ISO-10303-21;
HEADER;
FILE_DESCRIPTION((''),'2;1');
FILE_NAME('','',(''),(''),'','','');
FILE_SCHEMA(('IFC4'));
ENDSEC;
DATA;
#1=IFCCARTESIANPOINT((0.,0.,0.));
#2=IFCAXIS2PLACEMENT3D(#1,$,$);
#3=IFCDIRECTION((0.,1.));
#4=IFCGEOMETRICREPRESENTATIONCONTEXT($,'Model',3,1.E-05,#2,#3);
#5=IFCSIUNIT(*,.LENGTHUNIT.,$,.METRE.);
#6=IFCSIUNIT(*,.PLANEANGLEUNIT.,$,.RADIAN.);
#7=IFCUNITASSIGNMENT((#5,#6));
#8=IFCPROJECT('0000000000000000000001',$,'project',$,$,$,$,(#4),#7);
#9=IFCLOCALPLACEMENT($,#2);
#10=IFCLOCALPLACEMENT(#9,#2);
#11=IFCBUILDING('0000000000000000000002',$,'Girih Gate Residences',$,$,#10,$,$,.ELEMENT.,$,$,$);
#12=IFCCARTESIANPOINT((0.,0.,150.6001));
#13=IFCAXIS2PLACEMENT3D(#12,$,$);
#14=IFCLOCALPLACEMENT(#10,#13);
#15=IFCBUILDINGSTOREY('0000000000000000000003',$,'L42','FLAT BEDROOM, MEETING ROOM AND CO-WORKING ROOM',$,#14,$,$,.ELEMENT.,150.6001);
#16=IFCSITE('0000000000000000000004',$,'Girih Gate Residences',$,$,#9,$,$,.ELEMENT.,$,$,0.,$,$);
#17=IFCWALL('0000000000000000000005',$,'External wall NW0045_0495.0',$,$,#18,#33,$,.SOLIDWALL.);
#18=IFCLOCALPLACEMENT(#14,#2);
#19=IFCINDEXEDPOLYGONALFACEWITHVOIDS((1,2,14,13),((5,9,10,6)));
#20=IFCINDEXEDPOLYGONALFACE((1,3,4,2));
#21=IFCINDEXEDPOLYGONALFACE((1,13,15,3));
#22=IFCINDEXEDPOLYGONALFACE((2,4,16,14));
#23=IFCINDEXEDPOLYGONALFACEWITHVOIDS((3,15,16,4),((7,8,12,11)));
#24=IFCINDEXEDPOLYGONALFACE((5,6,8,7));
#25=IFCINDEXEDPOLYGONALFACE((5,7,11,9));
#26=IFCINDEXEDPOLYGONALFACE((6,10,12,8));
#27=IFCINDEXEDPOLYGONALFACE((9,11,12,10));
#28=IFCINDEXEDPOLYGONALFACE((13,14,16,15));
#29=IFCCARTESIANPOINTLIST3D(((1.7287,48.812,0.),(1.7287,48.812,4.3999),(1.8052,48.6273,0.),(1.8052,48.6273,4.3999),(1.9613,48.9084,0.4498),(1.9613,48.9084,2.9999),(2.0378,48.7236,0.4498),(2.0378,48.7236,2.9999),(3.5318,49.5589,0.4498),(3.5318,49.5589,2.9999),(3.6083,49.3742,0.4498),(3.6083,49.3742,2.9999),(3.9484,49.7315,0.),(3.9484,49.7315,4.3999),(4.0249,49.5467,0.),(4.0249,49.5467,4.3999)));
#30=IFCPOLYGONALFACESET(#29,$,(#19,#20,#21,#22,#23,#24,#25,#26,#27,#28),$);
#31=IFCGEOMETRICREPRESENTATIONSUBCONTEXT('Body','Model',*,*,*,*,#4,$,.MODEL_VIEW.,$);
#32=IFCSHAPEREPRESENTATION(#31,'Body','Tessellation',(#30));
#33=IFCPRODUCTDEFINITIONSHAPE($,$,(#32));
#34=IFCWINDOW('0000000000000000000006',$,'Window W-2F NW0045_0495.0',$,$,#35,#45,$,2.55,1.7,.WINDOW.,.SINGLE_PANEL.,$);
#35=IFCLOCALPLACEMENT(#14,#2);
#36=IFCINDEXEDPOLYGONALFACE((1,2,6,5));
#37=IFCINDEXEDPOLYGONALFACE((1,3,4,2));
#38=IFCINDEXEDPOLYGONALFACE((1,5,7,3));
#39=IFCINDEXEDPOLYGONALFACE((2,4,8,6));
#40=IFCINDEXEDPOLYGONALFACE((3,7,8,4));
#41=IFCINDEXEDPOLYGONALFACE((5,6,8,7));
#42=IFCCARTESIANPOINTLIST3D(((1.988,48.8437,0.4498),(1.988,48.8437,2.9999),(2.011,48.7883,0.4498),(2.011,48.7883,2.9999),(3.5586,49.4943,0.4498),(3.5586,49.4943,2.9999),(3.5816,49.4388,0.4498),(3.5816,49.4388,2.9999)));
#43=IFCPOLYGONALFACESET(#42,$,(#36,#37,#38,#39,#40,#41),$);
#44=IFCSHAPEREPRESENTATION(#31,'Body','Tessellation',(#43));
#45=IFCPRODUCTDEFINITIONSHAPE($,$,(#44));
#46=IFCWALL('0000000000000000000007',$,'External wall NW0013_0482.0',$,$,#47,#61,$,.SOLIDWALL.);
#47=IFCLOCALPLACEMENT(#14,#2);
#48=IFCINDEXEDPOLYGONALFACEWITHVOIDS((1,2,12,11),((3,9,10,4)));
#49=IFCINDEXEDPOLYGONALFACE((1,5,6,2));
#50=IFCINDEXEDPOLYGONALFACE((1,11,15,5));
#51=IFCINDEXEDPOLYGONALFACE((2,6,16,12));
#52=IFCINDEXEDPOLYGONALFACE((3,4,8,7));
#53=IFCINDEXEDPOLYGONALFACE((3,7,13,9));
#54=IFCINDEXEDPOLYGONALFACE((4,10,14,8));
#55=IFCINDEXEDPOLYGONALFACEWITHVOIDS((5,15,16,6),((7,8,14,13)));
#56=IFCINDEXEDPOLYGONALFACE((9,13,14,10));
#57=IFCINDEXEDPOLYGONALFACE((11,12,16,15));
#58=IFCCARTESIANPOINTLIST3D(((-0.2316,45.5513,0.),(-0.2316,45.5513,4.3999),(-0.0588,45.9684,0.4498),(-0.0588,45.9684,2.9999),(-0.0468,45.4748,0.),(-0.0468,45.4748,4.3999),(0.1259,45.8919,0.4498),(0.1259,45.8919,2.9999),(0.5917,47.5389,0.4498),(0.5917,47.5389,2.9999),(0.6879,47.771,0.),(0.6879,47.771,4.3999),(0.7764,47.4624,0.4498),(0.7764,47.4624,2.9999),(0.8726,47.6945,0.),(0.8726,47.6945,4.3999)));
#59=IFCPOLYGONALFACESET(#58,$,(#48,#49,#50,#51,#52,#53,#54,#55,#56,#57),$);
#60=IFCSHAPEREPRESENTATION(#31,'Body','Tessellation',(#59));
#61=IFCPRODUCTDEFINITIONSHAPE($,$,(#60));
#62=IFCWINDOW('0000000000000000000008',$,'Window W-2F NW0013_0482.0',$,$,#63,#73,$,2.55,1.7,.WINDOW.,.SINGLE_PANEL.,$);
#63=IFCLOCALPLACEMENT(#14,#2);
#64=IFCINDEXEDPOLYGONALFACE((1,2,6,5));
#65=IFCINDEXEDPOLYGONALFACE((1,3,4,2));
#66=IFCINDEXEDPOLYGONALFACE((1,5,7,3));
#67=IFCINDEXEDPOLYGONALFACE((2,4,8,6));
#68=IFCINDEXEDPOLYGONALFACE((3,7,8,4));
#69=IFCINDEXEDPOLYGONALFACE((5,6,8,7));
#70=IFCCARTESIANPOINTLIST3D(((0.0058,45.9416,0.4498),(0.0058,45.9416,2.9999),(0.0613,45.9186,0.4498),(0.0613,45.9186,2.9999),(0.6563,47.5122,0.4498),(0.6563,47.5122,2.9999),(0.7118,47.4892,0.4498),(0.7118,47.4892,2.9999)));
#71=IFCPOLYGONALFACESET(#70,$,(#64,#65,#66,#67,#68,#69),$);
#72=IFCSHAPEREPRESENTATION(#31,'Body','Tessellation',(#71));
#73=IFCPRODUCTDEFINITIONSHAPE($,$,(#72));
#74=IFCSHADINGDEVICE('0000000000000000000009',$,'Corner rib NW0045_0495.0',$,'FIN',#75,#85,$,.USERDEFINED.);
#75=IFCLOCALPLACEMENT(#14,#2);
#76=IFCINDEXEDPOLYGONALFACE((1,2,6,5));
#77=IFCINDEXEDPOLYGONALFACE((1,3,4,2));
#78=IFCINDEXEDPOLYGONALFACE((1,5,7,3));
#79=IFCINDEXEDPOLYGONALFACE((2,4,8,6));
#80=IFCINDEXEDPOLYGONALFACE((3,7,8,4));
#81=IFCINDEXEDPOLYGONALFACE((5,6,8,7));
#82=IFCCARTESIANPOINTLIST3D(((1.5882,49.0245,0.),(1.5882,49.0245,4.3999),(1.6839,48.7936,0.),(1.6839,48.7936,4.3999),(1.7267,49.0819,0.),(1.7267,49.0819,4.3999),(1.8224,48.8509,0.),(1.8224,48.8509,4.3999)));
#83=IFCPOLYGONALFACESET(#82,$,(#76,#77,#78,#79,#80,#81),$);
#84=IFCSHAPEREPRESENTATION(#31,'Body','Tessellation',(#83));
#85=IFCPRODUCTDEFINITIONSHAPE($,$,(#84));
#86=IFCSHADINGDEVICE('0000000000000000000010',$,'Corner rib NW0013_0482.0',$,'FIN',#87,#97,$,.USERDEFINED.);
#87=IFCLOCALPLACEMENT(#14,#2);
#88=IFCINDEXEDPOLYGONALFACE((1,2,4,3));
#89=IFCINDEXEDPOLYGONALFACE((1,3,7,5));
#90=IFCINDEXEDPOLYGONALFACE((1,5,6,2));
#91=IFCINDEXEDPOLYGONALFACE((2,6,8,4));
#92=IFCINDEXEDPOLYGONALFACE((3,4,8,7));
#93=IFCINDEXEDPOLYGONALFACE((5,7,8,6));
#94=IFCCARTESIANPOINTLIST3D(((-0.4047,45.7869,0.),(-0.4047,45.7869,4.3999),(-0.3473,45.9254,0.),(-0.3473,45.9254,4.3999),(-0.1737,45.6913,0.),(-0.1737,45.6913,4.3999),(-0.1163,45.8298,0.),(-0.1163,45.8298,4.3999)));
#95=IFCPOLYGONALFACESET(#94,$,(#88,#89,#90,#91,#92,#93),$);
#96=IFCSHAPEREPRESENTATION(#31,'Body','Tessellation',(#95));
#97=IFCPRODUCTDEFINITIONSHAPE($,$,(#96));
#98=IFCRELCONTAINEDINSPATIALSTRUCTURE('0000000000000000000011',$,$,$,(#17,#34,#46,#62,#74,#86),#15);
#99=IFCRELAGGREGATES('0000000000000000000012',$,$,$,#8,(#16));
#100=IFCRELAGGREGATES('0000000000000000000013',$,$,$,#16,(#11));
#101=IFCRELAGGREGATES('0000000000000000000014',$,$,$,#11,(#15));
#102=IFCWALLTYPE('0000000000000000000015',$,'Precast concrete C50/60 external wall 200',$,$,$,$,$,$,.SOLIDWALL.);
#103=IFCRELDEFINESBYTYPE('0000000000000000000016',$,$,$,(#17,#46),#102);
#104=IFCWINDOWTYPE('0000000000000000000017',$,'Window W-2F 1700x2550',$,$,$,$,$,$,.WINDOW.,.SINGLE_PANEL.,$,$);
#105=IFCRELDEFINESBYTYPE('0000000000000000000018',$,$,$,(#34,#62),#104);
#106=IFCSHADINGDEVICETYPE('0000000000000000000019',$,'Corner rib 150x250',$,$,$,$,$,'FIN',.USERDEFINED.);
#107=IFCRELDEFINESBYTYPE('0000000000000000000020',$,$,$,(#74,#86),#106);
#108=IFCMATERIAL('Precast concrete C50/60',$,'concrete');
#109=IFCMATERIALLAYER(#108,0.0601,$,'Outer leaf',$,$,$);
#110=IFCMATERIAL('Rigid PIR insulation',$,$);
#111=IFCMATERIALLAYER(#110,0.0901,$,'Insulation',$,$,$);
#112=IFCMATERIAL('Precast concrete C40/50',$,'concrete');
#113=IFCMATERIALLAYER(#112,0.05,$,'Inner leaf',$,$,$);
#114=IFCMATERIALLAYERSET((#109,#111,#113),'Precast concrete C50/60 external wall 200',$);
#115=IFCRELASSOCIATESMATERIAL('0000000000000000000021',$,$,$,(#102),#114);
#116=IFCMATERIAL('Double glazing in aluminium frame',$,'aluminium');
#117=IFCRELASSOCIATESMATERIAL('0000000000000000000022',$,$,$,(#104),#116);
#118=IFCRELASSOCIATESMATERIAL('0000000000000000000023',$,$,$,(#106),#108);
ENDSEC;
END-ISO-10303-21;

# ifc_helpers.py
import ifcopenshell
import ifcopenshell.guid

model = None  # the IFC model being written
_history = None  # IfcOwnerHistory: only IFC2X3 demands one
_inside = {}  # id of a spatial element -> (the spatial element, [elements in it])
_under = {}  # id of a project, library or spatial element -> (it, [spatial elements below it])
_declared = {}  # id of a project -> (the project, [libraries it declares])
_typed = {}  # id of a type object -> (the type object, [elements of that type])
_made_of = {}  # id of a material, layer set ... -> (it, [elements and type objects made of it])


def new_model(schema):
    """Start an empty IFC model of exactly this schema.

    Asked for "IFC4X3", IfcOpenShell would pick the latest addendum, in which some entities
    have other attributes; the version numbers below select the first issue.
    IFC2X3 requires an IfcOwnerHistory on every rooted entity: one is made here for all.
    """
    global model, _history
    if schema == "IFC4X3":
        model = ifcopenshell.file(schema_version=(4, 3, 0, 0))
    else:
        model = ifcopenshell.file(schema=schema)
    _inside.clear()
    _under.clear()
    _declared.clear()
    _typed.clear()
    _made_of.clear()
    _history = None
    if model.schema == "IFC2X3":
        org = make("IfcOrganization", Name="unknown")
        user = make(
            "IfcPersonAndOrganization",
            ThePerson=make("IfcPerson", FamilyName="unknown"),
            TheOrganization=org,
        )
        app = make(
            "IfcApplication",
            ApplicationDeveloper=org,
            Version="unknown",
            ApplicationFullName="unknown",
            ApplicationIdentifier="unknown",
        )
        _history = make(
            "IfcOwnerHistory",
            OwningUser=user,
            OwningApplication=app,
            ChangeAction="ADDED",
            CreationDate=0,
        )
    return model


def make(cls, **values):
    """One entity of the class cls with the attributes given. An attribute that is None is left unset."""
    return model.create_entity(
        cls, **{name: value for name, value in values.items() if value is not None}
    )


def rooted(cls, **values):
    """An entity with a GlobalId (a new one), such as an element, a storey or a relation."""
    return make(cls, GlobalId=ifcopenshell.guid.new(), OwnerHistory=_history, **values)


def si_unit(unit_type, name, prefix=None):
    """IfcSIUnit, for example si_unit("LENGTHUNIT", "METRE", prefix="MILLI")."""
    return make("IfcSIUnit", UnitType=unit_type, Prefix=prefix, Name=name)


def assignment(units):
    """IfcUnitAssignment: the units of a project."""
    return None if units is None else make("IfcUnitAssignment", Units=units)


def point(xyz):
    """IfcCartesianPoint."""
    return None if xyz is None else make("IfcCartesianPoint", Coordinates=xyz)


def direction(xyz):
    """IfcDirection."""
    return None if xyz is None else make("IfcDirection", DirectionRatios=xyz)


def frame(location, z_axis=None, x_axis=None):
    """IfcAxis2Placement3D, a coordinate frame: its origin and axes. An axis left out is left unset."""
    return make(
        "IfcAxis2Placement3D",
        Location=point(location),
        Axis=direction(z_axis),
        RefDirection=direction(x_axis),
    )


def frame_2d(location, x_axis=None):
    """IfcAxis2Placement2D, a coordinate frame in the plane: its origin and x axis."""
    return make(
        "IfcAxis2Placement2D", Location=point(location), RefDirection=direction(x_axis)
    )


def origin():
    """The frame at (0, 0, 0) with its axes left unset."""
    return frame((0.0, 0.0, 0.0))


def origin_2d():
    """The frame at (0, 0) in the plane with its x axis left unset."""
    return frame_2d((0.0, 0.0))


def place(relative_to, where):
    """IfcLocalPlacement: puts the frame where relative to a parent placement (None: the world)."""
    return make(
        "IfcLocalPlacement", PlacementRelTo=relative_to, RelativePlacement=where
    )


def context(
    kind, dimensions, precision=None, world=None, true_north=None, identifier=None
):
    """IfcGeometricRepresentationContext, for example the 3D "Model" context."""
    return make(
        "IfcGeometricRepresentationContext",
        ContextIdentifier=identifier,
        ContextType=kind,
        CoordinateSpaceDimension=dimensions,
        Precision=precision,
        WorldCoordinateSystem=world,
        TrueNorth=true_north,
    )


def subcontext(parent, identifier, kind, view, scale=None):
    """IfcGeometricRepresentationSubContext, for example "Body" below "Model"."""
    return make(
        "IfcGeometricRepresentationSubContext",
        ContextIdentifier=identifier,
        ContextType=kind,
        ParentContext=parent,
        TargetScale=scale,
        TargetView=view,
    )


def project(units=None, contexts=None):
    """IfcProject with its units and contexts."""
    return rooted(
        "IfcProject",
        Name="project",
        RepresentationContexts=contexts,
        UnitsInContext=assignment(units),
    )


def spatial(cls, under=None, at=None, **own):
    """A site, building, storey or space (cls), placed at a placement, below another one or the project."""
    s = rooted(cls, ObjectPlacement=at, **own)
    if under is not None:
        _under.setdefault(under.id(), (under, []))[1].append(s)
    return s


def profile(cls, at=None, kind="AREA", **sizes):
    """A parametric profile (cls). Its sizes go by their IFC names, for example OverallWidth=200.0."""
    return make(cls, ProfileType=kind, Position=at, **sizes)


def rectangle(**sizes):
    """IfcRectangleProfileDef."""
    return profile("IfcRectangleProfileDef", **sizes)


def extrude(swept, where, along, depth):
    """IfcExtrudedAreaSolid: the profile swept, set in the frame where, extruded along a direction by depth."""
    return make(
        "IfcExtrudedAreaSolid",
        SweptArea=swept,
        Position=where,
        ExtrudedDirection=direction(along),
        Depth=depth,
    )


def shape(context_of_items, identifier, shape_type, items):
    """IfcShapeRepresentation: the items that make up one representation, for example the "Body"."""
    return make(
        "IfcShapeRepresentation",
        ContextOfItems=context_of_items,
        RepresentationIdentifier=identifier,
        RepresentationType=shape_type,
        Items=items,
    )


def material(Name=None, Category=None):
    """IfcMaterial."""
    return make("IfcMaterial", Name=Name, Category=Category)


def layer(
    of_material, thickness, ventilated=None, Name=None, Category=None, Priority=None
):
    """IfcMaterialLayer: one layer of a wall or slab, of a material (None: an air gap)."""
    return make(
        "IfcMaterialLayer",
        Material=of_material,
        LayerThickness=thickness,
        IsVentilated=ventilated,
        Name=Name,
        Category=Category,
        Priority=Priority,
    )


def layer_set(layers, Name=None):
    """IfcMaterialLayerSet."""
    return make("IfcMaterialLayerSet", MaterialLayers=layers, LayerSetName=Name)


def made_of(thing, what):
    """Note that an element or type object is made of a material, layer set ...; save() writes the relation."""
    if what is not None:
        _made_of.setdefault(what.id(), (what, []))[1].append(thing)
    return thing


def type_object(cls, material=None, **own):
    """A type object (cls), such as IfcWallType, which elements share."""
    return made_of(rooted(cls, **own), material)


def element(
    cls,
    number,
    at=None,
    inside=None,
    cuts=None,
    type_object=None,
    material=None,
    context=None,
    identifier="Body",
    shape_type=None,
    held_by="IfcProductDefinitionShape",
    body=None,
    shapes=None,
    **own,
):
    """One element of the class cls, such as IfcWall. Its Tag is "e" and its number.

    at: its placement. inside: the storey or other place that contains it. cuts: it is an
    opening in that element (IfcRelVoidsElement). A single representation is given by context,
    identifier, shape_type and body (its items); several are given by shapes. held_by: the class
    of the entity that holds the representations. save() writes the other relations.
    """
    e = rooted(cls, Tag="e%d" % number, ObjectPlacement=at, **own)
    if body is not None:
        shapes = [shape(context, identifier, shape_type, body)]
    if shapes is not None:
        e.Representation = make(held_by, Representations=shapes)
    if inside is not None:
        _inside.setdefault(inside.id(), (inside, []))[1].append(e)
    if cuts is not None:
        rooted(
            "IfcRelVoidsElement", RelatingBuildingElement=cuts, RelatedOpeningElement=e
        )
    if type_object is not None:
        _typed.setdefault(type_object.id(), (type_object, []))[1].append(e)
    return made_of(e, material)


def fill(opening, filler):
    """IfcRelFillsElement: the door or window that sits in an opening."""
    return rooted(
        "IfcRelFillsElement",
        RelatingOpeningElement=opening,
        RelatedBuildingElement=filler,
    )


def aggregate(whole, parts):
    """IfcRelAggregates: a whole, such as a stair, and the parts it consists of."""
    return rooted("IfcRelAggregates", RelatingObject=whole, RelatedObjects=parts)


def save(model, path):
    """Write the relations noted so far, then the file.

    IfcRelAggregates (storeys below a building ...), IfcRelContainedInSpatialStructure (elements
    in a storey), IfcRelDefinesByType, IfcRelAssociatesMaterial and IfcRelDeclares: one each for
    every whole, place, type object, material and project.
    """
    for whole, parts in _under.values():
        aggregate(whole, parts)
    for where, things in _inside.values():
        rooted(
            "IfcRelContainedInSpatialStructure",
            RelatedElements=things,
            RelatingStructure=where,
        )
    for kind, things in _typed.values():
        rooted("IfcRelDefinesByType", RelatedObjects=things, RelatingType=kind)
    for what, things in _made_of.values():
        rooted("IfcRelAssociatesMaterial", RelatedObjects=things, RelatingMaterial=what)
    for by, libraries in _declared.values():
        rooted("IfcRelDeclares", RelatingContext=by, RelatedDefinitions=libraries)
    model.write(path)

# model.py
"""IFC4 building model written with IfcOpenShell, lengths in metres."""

from ifc_helpers import new_model, si_unit, direction, frame, frame_2d, origin, origin_2d, place, context, subcontext, project, spatial, rectangle, extrude, material, layer, layer_set, type_object, element, fill, save


model = new_model("IFC4")

# Units and contexts
model_context = context("Model", 3, precision=1e-05, world=origin(), true_north=direction((0.0, 1.0)))
body_context = subcontext(model_context, "Body", "Model", "MODEL_VIEW")
ifc_project = project(units=[si_unit("LENGTHUNIT", "METRE"), si_unit("PLANEANGLEUNIT", "RADIAN")], contexts=[model_context])

# Site, building, storey
site_placement = place(None, origin())
site = spatial("IfcSite", under=ifc_project, at=site_placement, Name="Girih Gate Residences", CompositionType="ELEMENT", RefElevation=0.0)
building_placement = place(site_placement, origin())
building = spatial("IfcBuilding", under=site, at=building_placement, Name="Girih Gate Residences", CompositionType="ELEMENT")
storey_placement = place(building_placement, frame((0.0, 0.0, 150.6001)))
storey = spatial("IfcBuildingStorey", under=building, at=storey_placement, Name="L42", Description="FLAT BEDROOM, MEETING ROOM AND CO-WORKING ROOM", CompositionType="ELEMENT", Elevation=150.6001)

# Walls, openings, windows
ifc_material_1 = material(Name="Precast concrete C50/60", Category="concrete")
ifc_layer_1 = layer(ifc_material_1, 0.0601, Name="Outer leaf")
ifc_material_2 = material(Name="Rigid PIR insulation")
ifc_layer_2 = layer(ifc_material_2, 0.0901, Name="Insulation")
ifc_material_3 = material(Name="Precast concrete C40/50", Category="concrete")
ifc_layer_3 = layer(ifc_material_3, 0.05, Name="Inner leaf")
ifc_layer_set_1 = layer_set([ifc_layer_1, ifc_layer_2, ifc_layer_3], Name="Precast concrete C50/60 external wall 200")
wall_type_1 = type_object("IfcWallType", Name="Precast concrete C50/60 external wall 200", PredefinedType="SOLIDWALL", material=ifc_layer_set_1)
ifc_material_4 = material(Name="Double glazing in aluminium frame", Category="aluminium")
wall_1_placement = place(storey_placement, frame((1.7671, 48.7197, 0.0), z_axis=(0.0, 0.0, 1.0), x_axis=(0.923881, 0.382681, 0.0)))
wall_1 = element("IfcWall", 1, at=wall_1_placement, inside=storey, type_object=wall_type_1, Name="External wall NW0045_0495.0", PredefinedType="SOLIDWALL", context=body_context, shape_type="SweptSolid", body=[
    extrude(rectangle(XDim=2.4026, YDim=0.2, at=frame_2d((1.2012, 0.0))), origin(), (0.0, 0.0, 1.0), 4.3999),
])
opening_1_placement = place(wall_1_placement, frame((0.2515, 0.0, 0.45)))
opening_1 = element("IfcOpeningElement", 2, at=opening_1_placement, cuts=wall_1, PredefinedType="OPENING", context=body_context, shape_type="SweptSolid", body=[
    extrude(rectangle(XDim=1.7, YDim=2.55, at=frame_2d((0.8501, 1.2749))), frame((0.0, 0.1099, 0.0), z_axis=(0.0, -1.0, 0.0), x_axis=(1.0, 0.0, 0.0)), (0.0, 0.0, 1.0), 0.22),
])
window_type_1 = type_object("IfcWindowType", Name="Window W-2F 1700x2550", PartitioningType="SINGLE_PANEL", PredefinedType="WINDOW", material=ifc_material_4)
window_1_placement = place(opening_1_placement, origin())
window_1 = element("IfcWindow", 3, at=window_1_placement, inside=storey, type_object=window_type_1, Name="Window W-2F NW0045_0495.0", OverallHeight=2.55, OverallWidth=1.7, PartitioningType="SINGLE_PANEL", PredefinedType="WINDOW", context=body_context, shape_type="SweptSolid", body=[
    extrude(rectangle(XDim=1.7, YDim=2.55, at=frame_2d((0.8501, 1.2749))), frame((0.0, 0.03, 0.0), z_axis=(0.0, -1.0, 0.0), x_axis=(1.0, 0.0, 0.0)), (0.0, 0.0, 1.0), 0.0601),
])
fill(opening_1, window_1)
wall_2_placement = place(storey_placement, frame((-0.1392, 45.5132, 0.0), z_axis=(0.0, 0.0, 1.0), x_axis=(0.382681, 0.923881, 0.0)))
wall_2 = element("IfcWall", 4, at=wall_2_placement, inside=storey, type_object=wall_type_1, Name="External wall NW0013_0482.0", PredefinedType="SOLIDWALL", context=body_context, shape_type="SweptSolid", body=[
    extrude(rectangle(XDim=2.4026, YDim=0.2, at=frame_2d((1.2012, 0.0))), origin(), (0.0, 0.0, 1.0), 4.3999),
])
opening_2_placement = place(wall_2_placement, frame((0.4512, 0.0, 0.45)))
opening_2 = element("IfcOpeningElement", 5, at=opening_2_placement, cuts=wall_2, PredefinedType="OPENING", context=body_context, shape_type="SweptSolid", body=[
    extrude(rectangle(XDim=1.7, YDim=2.55, at=frame_2d((0.8501, 1.2749))), frame((0.0, 0.1099, 0.0), z_axis=(0.0, -1.0, 0.0), x_axis=(1.0, 0.0, 0.0)), (0.0, 0.0, 1.0), 0.22),
])
window_2_placement = place(opening_2_placement, origin())
window_2 = element("IfcWindow", 6, at=window_2_placement, inside=storey, type_object=window_type_1, Name="Window W-2F NW0013_0482.0", OverallHeight=2.55, OverallWidth=1.7, PartitioningType="SINGLE_PANEL", PredefinedType="WINDOW", context=body_context, shape_type="SweptSolid", body=[
    extrude(rectangle(XDim=1.7, YDim=2.55, at=frame_2d((0.8501, 1.2749))), frame((0.0, 0.03, 0.0), z_axis=(0.0, -1.0, 0.0), x_axis=(1.0, 0.0, 0.0)), (0.0, 0.0, 1.0), 0.0601),
])
fill(opening_2, window_2)

# Shading devices
shading_device_type = type_object("IfcShadingDeviceType", Name="Corner rib 150x250", ElementType="FIN", PredefinedType="USERDEFINED", material=ifc_material_1)
for number, where, z_axis, x_axis, name in (
    (7, (1.7053, 48.9377, 0.0), (0.0, 0.0, 1.0), (-0.92388, -0.382683, 0.0), "Corner rib NW0045_0495.0"),
    (8, (-0.2605, 45.8083, 0.0), (0.0, 0.0, 1.0), (-0.382683, -0.92388, 0.0), "Corner rib NW0013_0482.0"),
):
    element("IfcShadingDevice", number, at=place(storey_placement, frame(where, z_axis=z_axis, x_axis=x_axis)), inside=storey, type_object=shading_device_type, Name=name, ObjectType="FIN", PredefinedType="USERDEFINED", context=body_context, shape_type="SweptSolid", body=[
        extrude(rectangle(XDim=0.1499, YDim=0.25, at=origin_2d()), origin(), (0.0, 0.0, 1.0), 4.3999),
    ])

save(model, "model.ifc")
